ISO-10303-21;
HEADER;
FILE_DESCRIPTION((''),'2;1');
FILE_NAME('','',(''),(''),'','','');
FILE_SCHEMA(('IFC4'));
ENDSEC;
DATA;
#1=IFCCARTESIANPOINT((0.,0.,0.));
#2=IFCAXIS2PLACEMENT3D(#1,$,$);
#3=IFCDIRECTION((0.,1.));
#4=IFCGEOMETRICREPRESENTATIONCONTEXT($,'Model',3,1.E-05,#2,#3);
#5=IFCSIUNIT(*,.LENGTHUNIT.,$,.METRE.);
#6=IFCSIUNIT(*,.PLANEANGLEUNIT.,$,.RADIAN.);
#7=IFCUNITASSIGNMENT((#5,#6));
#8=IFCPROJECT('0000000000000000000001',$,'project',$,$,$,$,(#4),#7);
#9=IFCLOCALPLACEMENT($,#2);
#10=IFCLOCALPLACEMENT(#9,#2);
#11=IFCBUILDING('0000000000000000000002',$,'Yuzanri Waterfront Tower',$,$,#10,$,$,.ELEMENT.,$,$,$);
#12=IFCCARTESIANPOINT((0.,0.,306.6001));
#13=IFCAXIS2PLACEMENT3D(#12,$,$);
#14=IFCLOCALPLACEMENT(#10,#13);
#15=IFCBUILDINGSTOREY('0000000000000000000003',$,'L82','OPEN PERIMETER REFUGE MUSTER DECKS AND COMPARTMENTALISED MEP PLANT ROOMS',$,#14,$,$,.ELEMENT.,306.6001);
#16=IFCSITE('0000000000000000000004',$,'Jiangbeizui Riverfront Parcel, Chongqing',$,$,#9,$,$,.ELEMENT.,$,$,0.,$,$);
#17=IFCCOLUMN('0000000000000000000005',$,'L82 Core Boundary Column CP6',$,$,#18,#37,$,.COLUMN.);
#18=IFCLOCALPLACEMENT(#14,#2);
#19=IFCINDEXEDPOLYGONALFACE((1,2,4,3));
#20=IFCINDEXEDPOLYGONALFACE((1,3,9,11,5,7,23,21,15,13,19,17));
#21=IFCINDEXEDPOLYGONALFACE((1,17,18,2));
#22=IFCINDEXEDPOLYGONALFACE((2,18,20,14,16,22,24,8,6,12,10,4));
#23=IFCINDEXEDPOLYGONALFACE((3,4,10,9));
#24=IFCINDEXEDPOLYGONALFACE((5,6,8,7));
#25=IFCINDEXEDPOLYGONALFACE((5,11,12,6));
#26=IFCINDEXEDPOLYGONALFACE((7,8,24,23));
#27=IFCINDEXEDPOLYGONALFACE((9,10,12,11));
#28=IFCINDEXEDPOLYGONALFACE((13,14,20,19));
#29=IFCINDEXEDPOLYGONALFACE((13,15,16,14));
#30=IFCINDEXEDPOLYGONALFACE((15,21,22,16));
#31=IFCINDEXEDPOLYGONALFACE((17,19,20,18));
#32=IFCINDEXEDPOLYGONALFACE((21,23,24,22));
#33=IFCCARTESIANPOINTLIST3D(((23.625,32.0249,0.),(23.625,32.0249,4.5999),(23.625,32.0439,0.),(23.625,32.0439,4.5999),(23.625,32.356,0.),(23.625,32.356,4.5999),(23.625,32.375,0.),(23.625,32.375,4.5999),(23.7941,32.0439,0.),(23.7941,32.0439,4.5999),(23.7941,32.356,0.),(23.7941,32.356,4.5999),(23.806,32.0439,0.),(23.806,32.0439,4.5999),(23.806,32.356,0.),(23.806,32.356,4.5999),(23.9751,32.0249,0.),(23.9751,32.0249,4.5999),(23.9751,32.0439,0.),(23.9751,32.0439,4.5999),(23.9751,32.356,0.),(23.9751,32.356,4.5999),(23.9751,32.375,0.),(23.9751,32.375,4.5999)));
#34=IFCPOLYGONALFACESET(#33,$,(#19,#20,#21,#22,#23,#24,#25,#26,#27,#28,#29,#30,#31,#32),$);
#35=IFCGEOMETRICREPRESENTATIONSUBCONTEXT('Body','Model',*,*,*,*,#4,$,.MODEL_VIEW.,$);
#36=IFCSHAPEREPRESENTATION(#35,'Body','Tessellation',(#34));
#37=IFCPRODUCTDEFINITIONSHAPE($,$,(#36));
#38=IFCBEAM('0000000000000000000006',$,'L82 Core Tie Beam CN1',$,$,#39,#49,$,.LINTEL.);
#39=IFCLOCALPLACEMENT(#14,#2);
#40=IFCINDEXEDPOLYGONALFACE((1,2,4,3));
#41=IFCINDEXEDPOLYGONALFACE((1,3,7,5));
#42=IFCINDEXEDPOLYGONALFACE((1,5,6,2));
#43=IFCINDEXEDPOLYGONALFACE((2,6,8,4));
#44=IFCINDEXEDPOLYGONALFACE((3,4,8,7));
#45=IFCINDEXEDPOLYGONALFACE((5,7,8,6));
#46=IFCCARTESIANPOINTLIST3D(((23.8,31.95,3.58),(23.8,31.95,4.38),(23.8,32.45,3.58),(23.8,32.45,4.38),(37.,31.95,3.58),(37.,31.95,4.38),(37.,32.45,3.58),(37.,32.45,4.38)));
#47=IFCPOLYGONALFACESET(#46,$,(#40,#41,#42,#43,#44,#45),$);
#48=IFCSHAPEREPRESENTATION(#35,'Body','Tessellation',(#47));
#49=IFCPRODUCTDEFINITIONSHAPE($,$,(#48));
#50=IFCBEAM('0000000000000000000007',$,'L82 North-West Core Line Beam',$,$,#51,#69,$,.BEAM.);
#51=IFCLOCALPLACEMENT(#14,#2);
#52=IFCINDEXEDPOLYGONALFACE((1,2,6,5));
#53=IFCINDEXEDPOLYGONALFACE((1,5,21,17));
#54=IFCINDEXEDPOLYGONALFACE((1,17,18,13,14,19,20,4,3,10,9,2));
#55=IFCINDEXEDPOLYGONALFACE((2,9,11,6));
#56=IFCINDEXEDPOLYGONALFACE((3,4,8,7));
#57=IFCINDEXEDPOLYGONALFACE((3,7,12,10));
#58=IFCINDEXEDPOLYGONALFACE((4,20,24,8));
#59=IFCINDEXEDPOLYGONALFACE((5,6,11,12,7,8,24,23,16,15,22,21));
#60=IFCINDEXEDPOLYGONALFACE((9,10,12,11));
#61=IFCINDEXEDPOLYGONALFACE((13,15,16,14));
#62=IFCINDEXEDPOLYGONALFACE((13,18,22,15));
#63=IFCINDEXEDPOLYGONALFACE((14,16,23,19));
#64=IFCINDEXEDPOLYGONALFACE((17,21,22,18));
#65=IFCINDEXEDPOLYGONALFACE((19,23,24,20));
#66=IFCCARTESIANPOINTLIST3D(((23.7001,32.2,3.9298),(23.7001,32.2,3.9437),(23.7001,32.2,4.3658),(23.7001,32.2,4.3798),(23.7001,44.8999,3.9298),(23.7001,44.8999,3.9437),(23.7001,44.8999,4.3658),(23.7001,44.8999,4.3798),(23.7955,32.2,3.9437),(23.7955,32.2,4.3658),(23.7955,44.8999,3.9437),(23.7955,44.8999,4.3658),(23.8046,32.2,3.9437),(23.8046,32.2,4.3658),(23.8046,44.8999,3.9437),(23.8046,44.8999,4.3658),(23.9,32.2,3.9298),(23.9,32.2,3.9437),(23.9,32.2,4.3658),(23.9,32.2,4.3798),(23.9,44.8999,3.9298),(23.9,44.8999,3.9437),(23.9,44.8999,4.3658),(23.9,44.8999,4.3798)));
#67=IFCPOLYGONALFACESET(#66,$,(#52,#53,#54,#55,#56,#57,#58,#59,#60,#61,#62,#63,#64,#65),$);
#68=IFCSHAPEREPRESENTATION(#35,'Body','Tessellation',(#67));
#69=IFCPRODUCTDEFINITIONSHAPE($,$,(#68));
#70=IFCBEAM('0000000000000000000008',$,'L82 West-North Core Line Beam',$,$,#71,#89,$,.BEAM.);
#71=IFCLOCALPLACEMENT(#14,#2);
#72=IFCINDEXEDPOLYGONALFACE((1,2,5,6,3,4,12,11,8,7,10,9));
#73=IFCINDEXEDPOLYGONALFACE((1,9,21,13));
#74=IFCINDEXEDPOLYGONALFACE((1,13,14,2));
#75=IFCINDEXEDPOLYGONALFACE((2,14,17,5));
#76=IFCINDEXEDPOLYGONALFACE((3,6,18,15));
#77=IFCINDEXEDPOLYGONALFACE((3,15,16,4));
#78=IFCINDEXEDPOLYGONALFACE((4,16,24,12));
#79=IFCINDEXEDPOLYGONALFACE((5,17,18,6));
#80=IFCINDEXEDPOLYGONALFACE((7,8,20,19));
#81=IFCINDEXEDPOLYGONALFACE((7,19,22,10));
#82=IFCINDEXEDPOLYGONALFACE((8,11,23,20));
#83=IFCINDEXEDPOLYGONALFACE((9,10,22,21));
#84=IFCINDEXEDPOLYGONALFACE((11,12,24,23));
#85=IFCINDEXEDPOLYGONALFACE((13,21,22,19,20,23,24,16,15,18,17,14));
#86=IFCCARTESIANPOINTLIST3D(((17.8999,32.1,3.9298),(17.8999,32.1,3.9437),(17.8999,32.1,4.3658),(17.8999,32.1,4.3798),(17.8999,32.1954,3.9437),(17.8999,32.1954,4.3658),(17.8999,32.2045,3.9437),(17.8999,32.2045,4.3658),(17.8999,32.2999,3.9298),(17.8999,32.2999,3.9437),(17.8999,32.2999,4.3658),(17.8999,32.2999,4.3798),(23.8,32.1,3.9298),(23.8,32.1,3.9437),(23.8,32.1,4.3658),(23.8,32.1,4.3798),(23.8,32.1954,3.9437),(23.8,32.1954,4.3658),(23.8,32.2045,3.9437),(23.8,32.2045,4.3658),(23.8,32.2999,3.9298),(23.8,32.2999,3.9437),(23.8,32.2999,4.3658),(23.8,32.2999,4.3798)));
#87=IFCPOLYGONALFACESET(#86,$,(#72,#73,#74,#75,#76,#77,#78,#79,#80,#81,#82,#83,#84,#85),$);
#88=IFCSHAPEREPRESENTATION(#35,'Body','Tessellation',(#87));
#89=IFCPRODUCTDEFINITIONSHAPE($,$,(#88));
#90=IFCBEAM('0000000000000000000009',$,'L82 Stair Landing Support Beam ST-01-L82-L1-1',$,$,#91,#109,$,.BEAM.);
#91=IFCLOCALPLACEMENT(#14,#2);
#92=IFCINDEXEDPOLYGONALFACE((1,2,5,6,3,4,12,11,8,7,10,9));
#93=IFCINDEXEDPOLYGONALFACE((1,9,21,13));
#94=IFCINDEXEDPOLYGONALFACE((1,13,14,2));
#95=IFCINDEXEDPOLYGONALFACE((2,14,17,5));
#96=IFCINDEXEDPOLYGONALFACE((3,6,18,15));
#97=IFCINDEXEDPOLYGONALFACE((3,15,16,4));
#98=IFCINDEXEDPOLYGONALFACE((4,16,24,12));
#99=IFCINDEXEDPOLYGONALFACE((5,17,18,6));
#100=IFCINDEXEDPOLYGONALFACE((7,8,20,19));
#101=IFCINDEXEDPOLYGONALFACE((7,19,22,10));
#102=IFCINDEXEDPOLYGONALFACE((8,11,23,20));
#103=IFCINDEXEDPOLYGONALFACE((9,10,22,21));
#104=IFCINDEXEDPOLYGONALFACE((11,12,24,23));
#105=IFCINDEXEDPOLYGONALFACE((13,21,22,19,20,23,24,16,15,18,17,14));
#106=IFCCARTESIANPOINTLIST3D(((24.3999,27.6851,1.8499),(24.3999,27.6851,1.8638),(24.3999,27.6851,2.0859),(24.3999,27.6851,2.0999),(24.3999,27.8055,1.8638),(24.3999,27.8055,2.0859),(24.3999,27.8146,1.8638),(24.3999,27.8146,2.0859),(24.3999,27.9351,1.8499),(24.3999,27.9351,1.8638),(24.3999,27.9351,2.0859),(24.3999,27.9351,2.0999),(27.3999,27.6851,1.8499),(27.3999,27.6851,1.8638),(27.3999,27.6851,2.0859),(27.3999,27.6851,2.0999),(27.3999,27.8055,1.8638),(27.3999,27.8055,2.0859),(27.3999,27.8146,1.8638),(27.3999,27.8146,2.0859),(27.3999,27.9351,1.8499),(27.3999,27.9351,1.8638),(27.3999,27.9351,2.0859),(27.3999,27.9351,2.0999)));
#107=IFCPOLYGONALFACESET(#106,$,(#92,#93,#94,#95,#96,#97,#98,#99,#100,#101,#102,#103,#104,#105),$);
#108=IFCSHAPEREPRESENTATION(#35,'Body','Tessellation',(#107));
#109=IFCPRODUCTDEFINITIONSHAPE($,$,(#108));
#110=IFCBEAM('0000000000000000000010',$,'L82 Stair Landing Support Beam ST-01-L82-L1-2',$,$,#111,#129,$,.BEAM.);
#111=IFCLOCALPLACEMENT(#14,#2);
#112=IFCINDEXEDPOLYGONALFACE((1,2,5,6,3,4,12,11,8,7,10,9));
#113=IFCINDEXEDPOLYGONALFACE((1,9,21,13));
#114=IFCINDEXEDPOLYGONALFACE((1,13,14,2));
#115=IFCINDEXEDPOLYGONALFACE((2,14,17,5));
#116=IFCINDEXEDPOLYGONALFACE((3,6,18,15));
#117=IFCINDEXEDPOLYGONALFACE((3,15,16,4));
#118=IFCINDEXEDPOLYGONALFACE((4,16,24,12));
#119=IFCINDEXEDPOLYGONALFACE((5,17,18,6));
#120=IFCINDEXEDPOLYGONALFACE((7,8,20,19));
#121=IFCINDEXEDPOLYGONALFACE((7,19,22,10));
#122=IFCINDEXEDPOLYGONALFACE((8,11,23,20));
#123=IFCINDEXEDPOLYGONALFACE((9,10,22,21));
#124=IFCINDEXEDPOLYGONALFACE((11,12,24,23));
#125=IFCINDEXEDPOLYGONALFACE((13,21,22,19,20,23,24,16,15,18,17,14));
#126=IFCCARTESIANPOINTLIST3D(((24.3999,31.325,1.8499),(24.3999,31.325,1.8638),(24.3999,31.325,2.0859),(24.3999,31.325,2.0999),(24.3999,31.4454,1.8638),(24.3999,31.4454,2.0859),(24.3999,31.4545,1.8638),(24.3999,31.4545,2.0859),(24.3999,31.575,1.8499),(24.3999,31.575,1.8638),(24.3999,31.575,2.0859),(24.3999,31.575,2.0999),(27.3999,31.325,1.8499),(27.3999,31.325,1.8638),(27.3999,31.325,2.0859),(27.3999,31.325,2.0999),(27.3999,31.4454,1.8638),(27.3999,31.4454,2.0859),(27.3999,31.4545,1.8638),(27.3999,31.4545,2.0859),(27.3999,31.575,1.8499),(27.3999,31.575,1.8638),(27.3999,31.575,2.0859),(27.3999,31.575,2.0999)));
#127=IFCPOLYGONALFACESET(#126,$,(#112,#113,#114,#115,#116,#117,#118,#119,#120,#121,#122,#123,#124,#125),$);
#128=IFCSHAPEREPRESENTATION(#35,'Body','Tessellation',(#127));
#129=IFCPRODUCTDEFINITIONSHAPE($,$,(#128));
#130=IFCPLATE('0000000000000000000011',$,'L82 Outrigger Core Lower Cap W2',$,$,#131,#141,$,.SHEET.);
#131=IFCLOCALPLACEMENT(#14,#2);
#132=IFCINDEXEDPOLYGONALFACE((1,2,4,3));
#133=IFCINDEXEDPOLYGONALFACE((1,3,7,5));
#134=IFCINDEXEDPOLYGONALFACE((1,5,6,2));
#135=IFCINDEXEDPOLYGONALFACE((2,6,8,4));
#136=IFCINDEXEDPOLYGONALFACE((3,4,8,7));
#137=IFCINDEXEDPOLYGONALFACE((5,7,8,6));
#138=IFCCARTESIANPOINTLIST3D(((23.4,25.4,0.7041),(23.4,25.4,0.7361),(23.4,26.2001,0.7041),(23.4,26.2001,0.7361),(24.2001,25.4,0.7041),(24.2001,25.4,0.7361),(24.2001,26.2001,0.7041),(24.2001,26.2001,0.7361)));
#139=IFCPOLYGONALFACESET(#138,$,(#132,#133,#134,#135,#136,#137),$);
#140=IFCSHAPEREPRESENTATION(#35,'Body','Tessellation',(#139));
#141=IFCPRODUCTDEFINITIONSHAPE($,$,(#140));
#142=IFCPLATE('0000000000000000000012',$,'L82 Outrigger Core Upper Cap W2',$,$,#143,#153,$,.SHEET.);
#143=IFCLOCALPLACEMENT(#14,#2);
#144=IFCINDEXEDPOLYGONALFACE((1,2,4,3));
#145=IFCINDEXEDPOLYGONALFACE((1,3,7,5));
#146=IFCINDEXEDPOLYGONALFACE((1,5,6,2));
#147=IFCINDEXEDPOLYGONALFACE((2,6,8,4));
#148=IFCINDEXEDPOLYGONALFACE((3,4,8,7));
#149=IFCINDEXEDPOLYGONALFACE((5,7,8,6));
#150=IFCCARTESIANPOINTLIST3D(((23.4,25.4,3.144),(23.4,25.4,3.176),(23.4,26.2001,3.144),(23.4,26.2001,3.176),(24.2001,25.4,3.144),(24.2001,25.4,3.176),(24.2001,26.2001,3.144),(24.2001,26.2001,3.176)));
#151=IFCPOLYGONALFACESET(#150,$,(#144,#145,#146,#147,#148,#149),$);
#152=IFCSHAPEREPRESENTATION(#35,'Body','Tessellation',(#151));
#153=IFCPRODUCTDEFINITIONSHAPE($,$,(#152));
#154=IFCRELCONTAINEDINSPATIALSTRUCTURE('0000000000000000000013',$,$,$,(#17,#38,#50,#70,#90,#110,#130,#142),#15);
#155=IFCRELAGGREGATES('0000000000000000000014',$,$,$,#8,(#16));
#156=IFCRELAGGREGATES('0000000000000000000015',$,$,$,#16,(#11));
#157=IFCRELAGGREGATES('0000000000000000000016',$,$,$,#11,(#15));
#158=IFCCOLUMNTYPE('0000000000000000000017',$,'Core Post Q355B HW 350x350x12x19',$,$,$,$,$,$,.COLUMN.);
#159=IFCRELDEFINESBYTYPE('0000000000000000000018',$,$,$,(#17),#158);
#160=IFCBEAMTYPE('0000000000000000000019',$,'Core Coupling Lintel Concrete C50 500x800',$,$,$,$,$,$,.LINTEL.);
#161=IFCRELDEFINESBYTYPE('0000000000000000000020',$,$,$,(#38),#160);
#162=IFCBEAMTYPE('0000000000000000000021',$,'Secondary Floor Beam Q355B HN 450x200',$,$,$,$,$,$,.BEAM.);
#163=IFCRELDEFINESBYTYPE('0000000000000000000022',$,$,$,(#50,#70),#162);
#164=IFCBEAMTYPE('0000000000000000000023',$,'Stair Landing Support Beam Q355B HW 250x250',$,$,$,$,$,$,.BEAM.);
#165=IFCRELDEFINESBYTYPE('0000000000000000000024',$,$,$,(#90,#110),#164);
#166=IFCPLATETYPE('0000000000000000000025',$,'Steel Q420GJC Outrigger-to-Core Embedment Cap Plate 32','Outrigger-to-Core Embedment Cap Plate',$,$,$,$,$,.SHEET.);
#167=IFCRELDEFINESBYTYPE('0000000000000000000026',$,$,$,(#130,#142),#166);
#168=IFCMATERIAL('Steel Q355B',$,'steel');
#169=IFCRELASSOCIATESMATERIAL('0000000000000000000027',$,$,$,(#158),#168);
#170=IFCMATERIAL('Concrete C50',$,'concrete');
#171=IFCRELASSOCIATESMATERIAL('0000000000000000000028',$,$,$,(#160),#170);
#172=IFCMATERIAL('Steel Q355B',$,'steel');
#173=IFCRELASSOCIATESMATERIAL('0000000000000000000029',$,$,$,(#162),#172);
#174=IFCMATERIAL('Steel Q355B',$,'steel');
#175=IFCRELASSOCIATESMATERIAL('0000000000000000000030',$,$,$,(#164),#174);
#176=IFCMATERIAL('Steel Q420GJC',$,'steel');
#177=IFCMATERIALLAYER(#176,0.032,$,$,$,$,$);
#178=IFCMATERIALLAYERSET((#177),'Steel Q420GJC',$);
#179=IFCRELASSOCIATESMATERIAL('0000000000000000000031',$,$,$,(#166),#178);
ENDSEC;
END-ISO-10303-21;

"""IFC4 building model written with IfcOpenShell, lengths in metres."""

from ifc_helpers import new_model, si_unit, direction, frame, origin, origin_2d, place, context, subcontext, project, spatial, rectangle, i_section, extrude, source, transform, mapped, material, layer, layer_set, material_profile, profile_set, type_object, element, save


model = new_model("IFC4")

# Units and contexts
model_context = context("Model", 3, precision=1e-05, world=origin(), true_north=direction((0.0, 1.0)))
body_context = subcontext(model_context, "Body", "Model", "MODEL_VIEW")
ifc_project = project(units=[si_unit("LENGTHUNIT", "METRE"), si_unit("PLANEANGLEUNIT", "RADIAN")], contexts=[model_context])

# Site, building, storey
site_placement = place(None, origin())
site = spatial("IfcSite", under=ifc_project, at=site_placement, Name="Jiangbeizui Riverfront Parcel, Chongqing", CompositionType="ELEMENT", RefElevation=0.0)
building_placement = place(site_placement, origin())
building = spatial("IfcBuilding", under=site, at=building_placement, Name="Yuzanri Waterfront Tower", CompositionType="ELEMENT")
storey_placement = place(building_placement, frame((0.0, 0.0, 306.6001)))
storey = spatial("IfcBuildingStorey", under=building, at=storey_placement, Name="L82", Description="OPEN PERIMETER REFUGE MUSTER DECKS AND COMPARTMENTALISED MEP PLANT ROOMS", CompositionType="ELEMENT", Elevation=306.6001)

# Column
ifc_material_1 = material(Name="Steel Q355B", Category="steel")
ifc_material_profile_1 = material_profile(ifc_material_1, i_section(OverallWidth=0.3501, OverallDepth=0.3501, WebThickness=0.012, FlangeThickness=0.019, at=origin_2d()), Name="HW 350x350x12x19")
ifc_profile_set_1 = profile_set([ifc_material_profile_1], Name="Steel Q355B")
column_type = type_object("IfcColumnType", Name="Core Post Q355B HW 350x350x12x19", PredefinedType="COLUMN", material=ifc_profile_set_1)
shared_shape_1 = source(origin(), body_context, "Body", "SweptSolid", [
    extrude(i_section(OverallWidth=0.3501, OverallDepth=0.3501, WebThickness=0.012, FlangeThickness=0.019, at=origin_2d()), origin(), (0.0, 0.0, 1.0), 4.5999),
])
column_placement = place(storey_placement, frame((23.8, 32.2, 0.0), z_axis=(0.0, 0.0, 1.0), x_axis=(1.0, 0.0, 0.0)))
element("IfcColumn", 1, at=column_placement, inside=storey, type_object=column_type, Name="L82 Core Boundary Column CP6", PredefinedType="COLUMN", context=body_context, shape_type="MappedRepresentation", body=[
    mapped(shared_shape_1, transform((0.0, 0.0, 0.0), scale=1.0)),
])

# Beams
ifc_material_2 = material(Name="Concrete C50", Category="concrete")
ifc_material_profile_2 = material_profile(ifc_material_2, rectangle(XDim=0.5, YDim=0.8, at=origin_2d()), Name="RC 500x800")
ifc_profile_set_2 = profile_set([ifc_material_profile_2], Name="Concrete C50")
beam_type_1 = type_object("IfcBeamType", Name="Core Coupling Lintel Concrete C50 500x800", PredefinedType="LINTEL", material=ifc_profile_set_2)
shared_shape_2 = source(origin(), body_context, "Body", "SweptSolid", [
    extrude(rectangle(XDim=0.5, YDim=0.8, at=origin_2d()), origin(), (0.0, 0.0, 1.0), 13.2),
])
beam_1_placement = place(storey_placement, frame((23.8, 32.2, 3.98), z_axis=(1.0, 0.0, 0.0), x_axis=(0.0, 1.0, 0.0)))
element("IfcBeam", 2, at=beam_1_placement, inside=storey, type_object=beam_type_1, Name="L82 Core Tie Beam CN1", PredefinedType="LINTEL", context=body_context, shape_type="MappedRepresentation", body=[
    mapped(shared_shape_2, transform((0.0, 0.0, 0.0), scale=1.0)),
])
ifc_material_3 = material(Name="Steel Q355B", Category="steel")
ifc_material_profile_3 = material_profile(ifc_material_3, i_section(OverallWidth=0.2, OverallDepth=0.45, WebThickness=0.009, FlangeThickness=0.0139, at=origin_2d()), Name="HN 450x200x9x14")
ifc_profile_set_3 = profile_set([ifc_material_profile_3], Name="Steel Q355B")
beam_type_2 = type_object("IfcBeamType", Name="Secondary Floor Beam Q355B HN 450x200", PredefinedType="BEAM", material=ifc_profile_set_3)
shared_shape_3 = source(origin(), body_context, "Body", "SweptSolid", [
    extrude(i_section(OverallWidth=0.2, OverallDepth=0.45, WebThickness=0.009, FlangeThickness=0.0139, at=origin_2d()), origin(), (0.0, 0.0, 1.0), 12.7),
])
beam_2_placement = place(storey_placement, frame((23.8, 32.2, 4.1548), z_axis=(0.0, 1.0, 0.0), x_axis=(-1.0, 0.0, 0.0)))
element("IfcBeam", 3, at=beam_2_placement, inside=storey, type_object=beam_type_2, Name="L82 North-West Core Line Beam", PredefinedType="BEAM", context=body_context, shape_type="MappedRepresentation", body=[
    mapped(shared_shape_3, transform((0.0, 0.0, 0.0), scale=1.0)),
])
shared_shape_4 = source(origin(), body_context, "Body", "SweptSolid", [
    extrude(i_section(OverallWidth=0.2, OverallDepth=0.45, WebThickness=0.009, FlangeThickness=0.0139, at=origin_2d()), origin(), (0.0, 0.0, 1.0), 5.9001),
])
beam_3_placement = place(storey_placement, frame((23.8, 32.2, 4.1548), z_axis=(-1.0, 0.0, 0.0), x_axis=(0.0, -1.0, 0.0)))
element("IfcBeam", 4, at=beam_3_placement, inside=storey, type_object=beam_type_2, Name="L82 West-North Core Line Beam", PredefinedType="BEAM", context=body_context, shape_type="MappedRepresentation", body=[
    mapped(shared_shape_4, transform((0.0, 0.0, 0.0), scale=1.0)),
])
ifc_material_4 = material(Name="Steel Q355B", Category="steel")
ifc_material_profile_4 = material_profile(ifc_material_4, i_section(OverallWidth=0.25, OverallDepth=0.25, WebThickness=0.009, FlangeThickness=0.0139, at=origin_2d()), Name="HW 250x250x9x14")
ifc_profile_set_4 = profile_set([ifc_material_profile_4], Name="Steel Q355B")
beam_type_3 = type_object("IfcBeamType", Name="Stair Landing Support Beam Q355B HW 250x250", PredefinedType="BEAM", material=ifc_profile_set_4)
shared_shape_5 = source(origin(), body_context, "Body", "SweptSolid", [
    extrude(i_section(OverallWidth=0.25, OverallDepth=0.25, WebThickness=0.009, FlangeThickness=0.0139, at=origin_2d()), origin(), (0.0, 0.0, 1.0), 3.0),
])
for number, where, z_axis, x_axis, name in (
    (5, (24.3999, 27.8101, 1.9749), (1.0, 0.0, 0.0), (0.0, 1.0, 0.0), "L82 Stair Landing Support Beam ST-01-L82-L1-1"),
    (6, (24.3999, 31.45, 1.9749), (1.0, 0.0, 0.0), (0.0, 1.0, 0.0), "L82 Stair Landing Support Beam ST-01-L82-L1-2"),
):
    element("IfcBeam", number, at=place(storey_placement, frame(where, z_axis=z_axis, x_axis=x_axis)), inside=storey, type_object=beam_type_3, Name=name, PredefinedType="BEAM", context=body_context, shape_type="MappedRepresentation", body=[
        mapped(shared_shape_5, transform((0.0, 0.0, 0.0), scale=1.0)),
    ])

# Plates
ifc_material_5 = material(Name="Steel Q420GJC", Category="steel")
ifc_layer_1 = layer(ifc_material_5, 0.032)
ifc_layer_set_1 = layer_set([ifc_layer_1], Name="Steel Q420GJC")
plate_type = type_object("IfcPlateType", Name="Steel Q420GJC Outrigger-to-Core Embedment Cap Plate 32", Description="Outrigger-to-Core Embedment Cap Plate", PredefinedType="SHEET", material=ifc_layer_set_1)
shared_shape_6 = source(origin(), body_context, "Body", "SweptSolid", [
    extrude(rectangle(XDim=0.8, YDim=0.8, at=origin_2d()), origin(), (0.0, 0.0, 1.0), 0.032),
])
for number, where, z_axis, x_axis, name in (
    (7, (23.8, 25.8, 0.7041), (0.0, 0.0, 1.0), (1.0, 0.0, 0.0), "L82 Outrigger Core Lower Cap W2"),
    (8, (23.8, 25.8, 3.144), (0.0, 0.0, 1.0), (1.0, 0.0, 0.0), "L82 Outrigger Core Upper Cap W2"),
):
    element("IfcPlate", number, at=place(storey_placement, frame(where, z_axis=z_axis, x_axis=x_axis)), inside=storey, type_object=plate_type, Name=name, PredefinedType="SHEET", context=body_context, shape_type="MappedRepresentation", body=[
        mapped(shared_shape_6, transform((0.0, 0.0, 0.0), scale=1.0)),
    ])

save(model, "model.ifc")
